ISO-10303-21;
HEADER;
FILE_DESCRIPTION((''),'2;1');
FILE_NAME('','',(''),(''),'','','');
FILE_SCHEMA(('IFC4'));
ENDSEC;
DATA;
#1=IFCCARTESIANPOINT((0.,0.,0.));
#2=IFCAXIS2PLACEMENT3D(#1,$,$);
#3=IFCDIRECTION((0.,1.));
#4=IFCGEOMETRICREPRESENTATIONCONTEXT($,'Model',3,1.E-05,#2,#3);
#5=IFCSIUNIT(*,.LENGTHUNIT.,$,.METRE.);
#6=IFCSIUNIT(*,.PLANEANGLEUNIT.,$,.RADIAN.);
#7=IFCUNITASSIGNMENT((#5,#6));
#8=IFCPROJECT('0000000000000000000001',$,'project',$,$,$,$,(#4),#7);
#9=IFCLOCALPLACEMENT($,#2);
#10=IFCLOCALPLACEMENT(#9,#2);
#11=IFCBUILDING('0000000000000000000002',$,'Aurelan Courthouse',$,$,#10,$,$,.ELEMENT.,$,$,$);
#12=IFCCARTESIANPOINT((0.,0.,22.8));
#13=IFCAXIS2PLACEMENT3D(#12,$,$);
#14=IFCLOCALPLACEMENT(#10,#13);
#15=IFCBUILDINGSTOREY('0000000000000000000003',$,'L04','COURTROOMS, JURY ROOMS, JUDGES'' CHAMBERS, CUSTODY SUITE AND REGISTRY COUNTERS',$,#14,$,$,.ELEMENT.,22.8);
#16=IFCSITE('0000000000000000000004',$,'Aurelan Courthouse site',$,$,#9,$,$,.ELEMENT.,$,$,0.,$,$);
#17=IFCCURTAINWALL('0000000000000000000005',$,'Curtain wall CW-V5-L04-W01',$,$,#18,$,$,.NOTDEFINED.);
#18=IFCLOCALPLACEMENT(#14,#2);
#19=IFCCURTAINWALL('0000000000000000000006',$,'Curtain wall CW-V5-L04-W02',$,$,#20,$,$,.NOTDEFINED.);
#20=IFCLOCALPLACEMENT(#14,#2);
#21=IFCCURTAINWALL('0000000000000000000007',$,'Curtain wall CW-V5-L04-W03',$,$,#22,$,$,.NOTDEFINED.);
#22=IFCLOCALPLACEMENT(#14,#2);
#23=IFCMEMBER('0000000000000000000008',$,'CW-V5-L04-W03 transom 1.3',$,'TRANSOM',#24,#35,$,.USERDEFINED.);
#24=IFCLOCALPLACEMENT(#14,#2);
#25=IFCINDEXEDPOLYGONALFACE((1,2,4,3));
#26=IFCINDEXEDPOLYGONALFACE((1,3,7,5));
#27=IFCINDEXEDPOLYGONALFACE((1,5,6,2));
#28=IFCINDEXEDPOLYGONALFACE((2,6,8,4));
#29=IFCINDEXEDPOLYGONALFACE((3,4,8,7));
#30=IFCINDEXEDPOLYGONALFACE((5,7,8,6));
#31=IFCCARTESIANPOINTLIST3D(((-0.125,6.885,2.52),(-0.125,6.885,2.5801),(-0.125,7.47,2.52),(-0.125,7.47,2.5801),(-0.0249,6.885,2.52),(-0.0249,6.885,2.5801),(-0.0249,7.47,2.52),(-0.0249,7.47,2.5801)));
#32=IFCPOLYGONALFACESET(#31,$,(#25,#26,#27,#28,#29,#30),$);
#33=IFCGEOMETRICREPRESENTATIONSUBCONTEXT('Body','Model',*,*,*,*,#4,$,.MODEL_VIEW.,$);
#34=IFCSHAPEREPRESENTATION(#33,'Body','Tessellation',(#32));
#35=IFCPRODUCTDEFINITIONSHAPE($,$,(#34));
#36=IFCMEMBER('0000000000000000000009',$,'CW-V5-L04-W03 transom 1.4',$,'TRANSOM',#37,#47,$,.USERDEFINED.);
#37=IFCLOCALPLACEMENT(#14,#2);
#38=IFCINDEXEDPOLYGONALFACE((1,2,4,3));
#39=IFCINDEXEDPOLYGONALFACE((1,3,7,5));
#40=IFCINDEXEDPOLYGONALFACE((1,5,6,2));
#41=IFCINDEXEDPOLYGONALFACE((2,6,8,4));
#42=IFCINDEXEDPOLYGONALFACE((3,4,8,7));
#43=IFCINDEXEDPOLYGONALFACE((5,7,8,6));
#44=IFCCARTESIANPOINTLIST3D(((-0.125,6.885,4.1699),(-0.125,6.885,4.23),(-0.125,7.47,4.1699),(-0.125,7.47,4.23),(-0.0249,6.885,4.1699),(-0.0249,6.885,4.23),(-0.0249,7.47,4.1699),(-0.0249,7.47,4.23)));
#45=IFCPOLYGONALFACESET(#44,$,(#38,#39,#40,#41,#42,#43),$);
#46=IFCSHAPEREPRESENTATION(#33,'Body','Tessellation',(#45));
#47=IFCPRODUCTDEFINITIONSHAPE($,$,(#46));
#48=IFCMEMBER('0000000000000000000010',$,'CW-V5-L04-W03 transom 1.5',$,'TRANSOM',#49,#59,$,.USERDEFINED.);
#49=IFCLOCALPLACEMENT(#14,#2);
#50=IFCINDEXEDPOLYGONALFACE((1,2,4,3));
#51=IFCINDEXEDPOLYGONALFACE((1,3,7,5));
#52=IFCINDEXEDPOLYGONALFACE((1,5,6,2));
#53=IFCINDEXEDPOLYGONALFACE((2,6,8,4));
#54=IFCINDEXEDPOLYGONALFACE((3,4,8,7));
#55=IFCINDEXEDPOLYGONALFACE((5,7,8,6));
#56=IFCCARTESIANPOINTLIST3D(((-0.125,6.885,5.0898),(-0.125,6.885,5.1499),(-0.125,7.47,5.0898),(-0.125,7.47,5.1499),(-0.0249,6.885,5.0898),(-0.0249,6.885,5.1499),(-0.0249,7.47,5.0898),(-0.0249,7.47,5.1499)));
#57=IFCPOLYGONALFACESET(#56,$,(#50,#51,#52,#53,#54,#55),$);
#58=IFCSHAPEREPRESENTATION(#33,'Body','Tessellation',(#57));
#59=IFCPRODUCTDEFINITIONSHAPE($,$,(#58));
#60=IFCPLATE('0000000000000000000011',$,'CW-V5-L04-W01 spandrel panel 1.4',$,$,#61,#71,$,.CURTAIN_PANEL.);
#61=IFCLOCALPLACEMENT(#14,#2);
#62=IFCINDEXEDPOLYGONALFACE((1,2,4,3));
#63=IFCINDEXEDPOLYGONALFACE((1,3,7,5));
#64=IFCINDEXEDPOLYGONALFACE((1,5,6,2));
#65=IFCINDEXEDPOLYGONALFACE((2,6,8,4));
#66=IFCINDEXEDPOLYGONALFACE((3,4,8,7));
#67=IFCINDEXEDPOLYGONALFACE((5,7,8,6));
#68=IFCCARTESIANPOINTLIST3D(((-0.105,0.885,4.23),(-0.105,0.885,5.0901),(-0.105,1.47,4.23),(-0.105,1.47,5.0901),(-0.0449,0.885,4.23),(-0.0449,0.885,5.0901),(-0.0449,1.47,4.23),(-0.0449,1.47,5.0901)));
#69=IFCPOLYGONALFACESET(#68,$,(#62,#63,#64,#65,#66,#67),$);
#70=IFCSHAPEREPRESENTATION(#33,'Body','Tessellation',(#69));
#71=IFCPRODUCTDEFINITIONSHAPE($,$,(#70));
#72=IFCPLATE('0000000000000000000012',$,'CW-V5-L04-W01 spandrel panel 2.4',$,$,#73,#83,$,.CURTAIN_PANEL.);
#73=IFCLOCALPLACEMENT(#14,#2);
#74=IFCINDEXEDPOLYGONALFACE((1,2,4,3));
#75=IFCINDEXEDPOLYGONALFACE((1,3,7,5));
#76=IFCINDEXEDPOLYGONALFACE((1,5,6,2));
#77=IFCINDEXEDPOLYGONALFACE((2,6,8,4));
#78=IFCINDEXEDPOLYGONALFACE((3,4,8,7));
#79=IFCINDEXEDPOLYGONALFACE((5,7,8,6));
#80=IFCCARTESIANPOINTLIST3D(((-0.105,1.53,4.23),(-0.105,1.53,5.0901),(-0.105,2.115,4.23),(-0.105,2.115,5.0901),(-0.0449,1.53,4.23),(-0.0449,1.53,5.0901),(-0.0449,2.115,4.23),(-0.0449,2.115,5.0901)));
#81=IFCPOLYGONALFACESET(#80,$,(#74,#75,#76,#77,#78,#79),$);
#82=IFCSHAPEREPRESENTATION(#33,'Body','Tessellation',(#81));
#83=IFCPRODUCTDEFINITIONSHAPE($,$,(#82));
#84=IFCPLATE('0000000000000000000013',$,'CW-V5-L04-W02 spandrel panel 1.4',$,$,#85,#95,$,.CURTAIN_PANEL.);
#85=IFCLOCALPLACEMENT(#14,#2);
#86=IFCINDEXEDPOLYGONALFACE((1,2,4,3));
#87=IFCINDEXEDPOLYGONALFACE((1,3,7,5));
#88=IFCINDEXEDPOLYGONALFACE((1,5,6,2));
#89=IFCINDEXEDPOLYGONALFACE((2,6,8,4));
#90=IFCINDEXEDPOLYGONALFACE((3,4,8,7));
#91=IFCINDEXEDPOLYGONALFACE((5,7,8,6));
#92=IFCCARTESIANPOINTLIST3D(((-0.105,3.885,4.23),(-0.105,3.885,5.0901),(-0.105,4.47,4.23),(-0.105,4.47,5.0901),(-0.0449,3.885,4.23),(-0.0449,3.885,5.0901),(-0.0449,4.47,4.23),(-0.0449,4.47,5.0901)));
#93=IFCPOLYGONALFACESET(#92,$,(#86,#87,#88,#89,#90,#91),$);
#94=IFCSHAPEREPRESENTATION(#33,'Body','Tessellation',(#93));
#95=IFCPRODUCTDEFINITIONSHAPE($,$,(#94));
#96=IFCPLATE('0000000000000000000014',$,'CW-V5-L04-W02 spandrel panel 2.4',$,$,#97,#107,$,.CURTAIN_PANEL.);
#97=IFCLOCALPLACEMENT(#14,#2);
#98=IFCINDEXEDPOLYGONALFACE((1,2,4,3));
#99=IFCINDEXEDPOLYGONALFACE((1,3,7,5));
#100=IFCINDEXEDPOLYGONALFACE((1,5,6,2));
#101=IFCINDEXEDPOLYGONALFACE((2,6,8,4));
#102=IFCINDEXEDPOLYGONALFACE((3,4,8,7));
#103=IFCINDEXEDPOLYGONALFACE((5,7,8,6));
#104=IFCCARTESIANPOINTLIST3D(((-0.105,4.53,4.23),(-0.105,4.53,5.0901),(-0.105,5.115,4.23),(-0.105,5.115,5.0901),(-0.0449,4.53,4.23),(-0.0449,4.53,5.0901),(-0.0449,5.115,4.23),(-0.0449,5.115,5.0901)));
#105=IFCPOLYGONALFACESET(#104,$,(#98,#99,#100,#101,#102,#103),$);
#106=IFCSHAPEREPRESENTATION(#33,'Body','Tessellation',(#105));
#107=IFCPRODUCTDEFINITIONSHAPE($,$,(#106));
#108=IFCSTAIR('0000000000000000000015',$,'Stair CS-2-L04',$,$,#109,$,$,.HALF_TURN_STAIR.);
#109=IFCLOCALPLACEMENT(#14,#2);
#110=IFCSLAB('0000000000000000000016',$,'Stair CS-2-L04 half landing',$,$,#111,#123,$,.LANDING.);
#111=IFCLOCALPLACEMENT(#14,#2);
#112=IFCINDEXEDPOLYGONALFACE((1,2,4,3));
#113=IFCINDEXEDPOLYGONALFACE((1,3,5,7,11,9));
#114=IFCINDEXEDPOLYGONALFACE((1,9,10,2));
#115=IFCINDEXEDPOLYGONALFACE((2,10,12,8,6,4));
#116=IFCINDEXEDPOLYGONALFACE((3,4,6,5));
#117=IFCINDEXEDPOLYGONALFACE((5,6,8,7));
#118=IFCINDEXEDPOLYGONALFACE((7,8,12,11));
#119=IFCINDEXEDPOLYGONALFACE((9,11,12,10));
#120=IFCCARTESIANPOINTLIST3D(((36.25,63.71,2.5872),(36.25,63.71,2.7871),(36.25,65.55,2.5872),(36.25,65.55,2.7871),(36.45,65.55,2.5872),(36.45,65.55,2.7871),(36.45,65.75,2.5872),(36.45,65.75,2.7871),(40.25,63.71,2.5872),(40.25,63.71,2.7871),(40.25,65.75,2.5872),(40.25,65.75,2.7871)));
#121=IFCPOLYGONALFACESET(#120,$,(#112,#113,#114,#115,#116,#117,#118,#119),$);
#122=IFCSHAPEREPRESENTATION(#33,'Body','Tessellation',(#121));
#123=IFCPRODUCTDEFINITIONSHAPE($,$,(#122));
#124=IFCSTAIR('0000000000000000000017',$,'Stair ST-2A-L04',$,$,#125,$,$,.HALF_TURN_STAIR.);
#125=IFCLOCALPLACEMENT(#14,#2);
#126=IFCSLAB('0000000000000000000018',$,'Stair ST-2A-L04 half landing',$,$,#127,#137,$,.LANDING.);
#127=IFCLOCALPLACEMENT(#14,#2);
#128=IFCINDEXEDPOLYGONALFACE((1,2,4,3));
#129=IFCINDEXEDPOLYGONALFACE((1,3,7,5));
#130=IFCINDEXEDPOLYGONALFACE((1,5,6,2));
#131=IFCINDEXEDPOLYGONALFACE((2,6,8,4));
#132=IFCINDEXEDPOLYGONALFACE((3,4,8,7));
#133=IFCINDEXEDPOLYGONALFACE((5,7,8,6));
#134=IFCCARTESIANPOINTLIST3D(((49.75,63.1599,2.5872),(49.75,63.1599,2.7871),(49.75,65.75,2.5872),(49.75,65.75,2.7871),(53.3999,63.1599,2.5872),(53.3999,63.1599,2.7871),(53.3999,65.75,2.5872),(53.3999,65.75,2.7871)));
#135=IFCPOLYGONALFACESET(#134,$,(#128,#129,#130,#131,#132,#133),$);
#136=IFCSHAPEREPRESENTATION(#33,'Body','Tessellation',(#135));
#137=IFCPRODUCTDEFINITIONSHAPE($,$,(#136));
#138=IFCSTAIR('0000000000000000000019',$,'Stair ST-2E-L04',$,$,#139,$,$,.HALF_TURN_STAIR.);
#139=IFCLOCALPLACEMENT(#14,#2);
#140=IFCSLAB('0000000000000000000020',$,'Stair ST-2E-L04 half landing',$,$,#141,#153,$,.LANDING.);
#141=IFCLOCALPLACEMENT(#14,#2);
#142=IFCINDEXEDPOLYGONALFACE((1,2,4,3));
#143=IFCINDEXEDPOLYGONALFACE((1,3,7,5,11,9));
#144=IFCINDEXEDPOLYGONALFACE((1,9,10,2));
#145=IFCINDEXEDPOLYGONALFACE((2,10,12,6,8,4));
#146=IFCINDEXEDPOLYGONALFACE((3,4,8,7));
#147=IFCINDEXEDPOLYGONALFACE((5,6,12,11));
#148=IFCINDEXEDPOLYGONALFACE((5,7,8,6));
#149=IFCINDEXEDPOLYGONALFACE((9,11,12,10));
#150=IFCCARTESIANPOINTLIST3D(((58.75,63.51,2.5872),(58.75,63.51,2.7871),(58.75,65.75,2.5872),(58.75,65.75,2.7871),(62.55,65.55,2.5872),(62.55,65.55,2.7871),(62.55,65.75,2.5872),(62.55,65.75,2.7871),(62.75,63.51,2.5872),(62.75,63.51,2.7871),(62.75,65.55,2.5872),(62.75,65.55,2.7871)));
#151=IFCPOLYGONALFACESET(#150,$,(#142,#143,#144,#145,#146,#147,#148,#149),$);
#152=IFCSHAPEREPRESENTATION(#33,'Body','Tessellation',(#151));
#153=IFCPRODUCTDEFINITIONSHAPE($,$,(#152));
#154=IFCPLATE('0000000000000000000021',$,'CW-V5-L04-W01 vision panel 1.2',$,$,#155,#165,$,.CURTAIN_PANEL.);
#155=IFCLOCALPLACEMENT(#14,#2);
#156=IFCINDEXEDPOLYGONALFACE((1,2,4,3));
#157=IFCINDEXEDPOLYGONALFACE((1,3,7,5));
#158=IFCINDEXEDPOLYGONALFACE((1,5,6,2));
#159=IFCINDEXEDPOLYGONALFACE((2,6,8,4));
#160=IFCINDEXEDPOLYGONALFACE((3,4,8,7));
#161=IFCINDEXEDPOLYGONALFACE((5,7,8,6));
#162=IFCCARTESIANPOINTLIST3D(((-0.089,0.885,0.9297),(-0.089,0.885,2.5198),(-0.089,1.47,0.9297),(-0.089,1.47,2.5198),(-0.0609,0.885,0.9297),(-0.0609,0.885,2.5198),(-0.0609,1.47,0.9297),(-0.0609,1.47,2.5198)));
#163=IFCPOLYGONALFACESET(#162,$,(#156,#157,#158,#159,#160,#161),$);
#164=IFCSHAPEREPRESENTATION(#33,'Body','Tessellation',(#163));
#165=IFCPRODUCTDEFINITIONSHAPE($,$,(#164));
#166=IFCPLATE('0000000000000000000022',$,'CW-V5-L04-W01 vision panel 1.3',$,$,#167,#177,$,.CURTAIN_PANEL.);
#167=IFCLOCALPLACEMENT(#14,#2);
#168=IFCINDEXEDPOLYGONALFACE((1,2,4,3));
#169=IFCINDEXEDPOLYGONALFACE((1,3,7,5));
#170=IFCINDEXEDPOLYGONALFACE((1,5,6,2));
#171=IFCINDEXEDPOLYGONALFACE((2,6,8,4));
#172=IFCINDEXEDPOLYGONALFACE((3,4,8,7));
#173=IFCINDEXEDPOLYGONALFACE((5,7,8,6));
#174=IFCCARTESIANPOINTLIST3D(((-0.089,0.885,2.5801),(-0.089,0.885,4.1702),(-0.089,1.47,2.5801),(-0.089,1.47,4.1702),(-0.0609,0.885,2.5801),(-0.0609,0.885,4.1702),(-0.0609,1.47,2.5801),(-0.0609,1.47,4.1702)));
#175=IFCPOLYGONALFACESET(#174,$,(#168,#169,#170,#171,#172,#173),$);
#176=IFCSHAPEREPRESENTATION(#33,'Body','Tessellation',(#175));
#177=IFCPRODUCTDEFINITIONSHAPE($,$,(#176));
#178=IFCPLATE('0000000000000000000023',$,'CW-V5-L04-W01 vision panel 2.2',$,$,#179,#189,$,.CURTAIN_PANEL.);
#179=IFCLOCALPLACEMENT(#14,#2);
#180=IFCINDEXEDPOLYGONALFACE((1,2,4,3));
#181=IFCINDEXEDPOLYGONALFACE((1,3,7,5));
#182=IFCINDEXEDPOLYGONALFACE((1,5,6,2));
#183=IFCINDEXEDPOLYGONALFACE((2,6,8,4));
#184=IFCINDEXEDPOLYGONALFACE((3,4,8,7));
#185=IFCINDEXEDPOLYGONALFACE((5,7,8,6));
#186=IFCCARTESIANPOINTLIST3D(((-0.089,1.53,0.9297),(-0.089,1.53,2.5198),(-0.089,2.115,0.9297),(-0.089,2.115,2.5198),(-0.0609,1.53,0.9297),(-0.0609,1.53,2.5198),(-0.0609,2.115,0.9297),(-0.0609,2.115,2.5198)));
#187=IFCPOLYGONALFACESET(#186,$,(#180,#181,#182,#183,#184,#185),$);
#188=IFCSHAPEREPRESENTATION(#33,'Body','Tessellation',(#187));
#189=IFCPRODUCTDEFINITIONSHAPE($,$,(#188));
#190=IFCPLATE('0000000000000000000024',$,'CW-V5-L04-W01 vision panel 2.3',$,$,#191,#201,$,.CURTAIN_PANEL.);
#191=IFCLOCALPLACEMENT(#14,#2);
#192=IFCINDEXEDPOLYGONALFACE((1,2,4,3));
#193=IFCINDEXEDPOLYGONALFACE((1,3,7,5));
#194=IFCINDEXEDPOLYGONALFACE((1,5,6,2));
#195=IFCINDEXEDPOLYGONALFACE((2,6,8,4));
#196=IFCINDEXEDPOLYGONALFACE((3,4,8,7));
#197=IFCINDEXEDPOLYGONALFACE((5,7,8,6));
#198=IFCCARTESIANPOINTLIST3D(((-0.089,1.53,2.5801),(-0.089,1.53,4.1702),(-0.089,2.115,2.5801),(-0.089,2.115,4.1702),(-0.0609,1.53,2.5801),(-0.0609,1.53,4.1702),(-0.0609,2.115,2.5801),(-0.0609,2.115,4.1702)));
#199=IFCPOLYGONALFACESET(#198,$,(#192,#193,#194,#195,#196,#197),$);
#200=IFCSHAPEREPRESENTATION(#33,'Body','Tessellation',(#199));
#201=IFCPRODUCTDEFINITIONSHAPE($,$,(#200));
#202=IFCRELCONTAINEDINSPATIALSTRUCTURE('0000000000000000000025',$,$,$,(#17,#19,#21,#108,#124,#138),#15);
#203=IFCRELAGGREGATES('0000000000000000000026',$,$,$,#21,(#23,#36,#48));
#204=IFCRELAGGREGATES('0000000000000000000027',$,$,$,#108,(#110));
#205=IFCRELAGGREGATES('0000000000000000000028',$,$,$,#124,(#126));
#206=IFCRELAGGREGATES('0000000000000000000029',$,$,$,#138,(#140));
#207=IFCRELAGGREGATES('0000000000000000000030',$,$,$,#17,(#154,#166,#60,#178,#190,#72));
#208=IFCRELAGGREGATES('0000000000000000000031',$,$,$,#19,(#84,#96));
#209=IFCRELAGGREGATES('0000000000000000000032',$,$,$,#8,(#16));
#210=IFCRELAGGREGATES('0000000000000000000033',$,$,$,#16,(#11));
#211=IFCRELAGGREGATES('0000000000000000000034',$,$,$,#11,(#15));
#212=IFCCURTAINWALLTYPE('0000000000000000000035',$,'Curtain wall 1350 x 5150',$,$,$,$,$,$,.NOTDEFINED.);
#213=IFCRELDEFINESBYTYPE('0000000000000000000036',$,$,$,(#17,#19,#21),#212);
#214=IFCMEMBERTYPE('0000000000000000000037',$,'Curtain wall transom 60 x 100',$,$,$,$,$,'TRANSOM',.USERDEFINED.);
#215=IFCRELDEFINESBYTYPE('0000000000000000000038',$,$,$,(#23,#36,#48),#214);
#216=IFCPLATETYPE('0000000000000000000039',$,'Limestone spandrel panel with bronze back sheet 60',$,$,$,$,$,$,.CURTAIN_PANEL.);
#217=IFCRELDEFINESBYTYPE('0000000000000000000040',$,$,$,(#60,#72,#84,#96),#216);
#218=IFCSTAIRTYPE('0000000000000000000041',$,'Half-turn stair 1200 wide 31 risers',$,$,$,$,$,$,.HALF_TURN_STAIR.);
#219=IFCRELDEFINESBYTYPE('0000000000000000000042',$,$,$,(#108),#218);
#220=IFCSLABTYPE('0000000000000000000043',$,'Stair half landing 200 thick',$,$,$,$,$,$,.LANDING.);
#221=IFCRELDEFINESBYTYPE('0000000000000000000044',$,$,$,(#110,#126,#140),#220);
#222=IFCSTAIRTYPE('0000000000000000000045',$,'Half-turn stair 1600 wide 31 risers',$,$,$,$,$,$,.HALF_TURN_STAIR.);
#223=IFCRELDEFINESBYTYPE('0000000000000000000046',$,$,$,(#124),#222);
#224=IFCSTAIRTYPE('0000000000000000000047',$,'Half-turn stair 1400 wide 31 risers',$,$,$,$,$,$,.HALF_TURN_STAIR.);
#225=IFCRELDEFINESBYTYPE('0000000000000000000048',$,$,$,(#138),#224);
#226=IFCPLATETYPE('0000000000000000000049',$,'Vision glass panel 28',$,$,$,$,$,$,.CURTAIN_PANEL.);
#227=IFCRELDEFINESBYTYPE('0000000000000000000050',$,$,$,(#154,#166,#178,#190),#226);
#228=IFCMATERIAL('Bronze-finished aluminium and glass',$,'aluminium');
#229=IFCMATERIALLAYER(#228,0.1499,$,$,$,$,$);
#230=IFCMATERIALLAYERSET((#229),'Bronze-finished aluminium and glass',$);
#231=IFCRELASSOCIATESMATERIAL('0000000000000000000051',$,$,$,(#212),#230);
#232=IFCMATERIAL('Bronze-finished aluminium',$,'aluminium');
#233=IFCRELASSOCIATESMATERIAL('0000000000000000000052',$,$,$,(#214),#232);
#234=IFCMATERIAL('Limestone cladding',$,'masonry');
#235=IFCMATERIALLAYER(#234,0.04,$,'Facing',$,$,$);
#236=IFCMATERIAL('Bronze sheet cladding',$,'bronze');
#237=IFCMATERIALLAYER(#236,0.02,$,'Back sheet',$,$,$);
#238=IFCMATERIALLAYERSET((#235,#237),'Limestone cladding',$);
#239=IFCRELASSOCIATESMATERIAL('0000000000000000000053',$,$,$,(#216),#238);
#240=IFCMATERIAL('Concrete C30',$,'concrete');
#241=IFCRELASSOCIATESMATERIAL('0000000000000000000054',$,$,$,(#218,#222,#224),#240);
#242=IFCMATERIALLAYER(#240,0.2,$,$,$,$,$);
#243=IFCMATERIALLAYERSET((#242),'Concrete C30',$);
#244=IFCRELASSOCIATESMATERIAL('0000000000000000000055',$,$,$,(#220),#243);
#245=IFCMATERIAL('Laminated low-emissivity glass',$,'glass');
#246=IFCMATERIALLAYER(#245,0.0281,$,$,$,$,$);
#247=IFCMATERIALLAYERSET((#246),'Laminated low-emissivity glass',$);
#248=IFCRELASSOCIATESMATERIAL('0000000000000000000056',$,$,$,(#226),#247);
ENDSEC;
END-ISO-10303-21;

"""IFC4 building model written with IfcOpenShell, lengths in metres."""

from ifc_helpers import new_model, si_unit, direction, frame, origin, origin_2d, place, context, subcontext, project, spatial, polyline, rectangle, outline, extrude, material, layer, layer_set, material_profile, profile_set, type_object, element, aggregate, save


model = new_model("IFC4")

# Units and contexts
model_context = context("Model", 3, precision=1e-05, world=origin(), true_north=direction((0.0, 1.0)))
body_context = subcontext(model_context, "Body", "Model", "MODEL_VIEW")
ifc_project = project(units=[si_unit("LENGTHUNIT", "METRE"), si_unit("PLANEANGLEUNIT", "RADIAN")], contexts=[model_context])

# Site, building, storey
site_placement = place(None, origin())
site = spatial("IfcSite", under=ifc_project, at=site_placement, Name="Aurelan Courthouse site", CompositionType="ELEMENT", RefElevation=0.0)
building_placement = place(site_placement, origin())
building = spatial("IfcBuilding", under=site, at=building_placement, Name="Aurelan Courthouse", CompositionType="ELEMENT")
storey_placement = place(building_placement, frame((0.0, 0.0, 22.8)))
storey = spatial("IfcBuildingStorey", under=building, at=storey_placement, Name="L04", Description="COURTROOMS, JURY ROOMS, JUDGES' CHAMBERS, CUSTODY SUITE AND REGISTRY COUNTERS", CompositionType="ELEMENT", Elevation=22.8)

# Curtain walls, members
ifc_material_1 = material(Name="Bronze-finished aluminium and glass", Category="aluminium")
ifc_layer_1 = layer(ifc_material_1, 0.1499)
ifc_layer_set_1 = layer_set([ifc_layer_1], Name="Bronze-finished aluminium and glass")
curtain_wall_type = type_object("IfcCurtainWallType", Name="Curtain wall 1350 x 5150", PredefinedType="NOTDEFINED", material=ifc_layer_set_1)
curtain_wall_1_placement = place(storey_placement, origin())
curtain_wall_1 = element("IfcCurtainWall", 1, at=curtain_wall_1_placement, inside=storey, type_object=curtain_wall_type, Name="Curtain wall CW-V5-L04-W01", PredefinedType="NOTDEFINED")
ifc_material_2 = material(Name="Bronze-finished aluminium", Category="aluminium")
ifc_material_profile = material_profile(ifc_material_2, rectangle(XDim=0.1001, YDim=0.0601, at=origin_2d()), Name="Bronze transom 60 x 100")
ifc_profile_set = profile_set([ifc_material_profile], Name="Bronze-finished aluminium")
member_type = type_object("IfcMemberType", Name="Curtain wall transom 60 x 100", ElementType="TRANSOM", PredefinedType="USERDEFINED", material=ifc_profile_set)
curtain_wall_2_placement = place(storey_placement, origin())
curtain_wall_2 = element("IfcCurtainWall", 2, at=curtain_wall_2_placement, inside=storey, type_object=curtain_wall_type, Name="Curtain wall CW-V5-L04-W02", PredefinedType="NOTDEFINED")
curtain_wall_3_placement = place(storey_placement, origin())
curtain_wall_3 = element("IfcCurtainWall", 3, at=curtain_wall_3_placement, inside=storey, type_object=curtain_wall_type, Name="Curtain wall CW-V5-L04-W03", PredefinedType="NOTDEFINED")
member_1_placement = place(storey_placement, frame((-0.075, 6.885, 2.55), z_axis=(0.0, 1.0, 0.0), x_axis=(-1.0, 0.0, 0.0)))
member_1 = element("IfcMember", 4, at=member_1_placement, type_object=member_type, Name="CW-V5-L04-W03 transom 1.3", ObjectType="TRANSOM", PredefinedType="USERDEFINED", context=body_context, shape_type="SweptSolid", body=[
    extrude(rectangle(XDim=0.1001, YDim=0.0601, at=origin_2d()), origin(), (0.0, 0.0, 1.0), 0.585),
])
member_2_placement = place(storey_placement, frame((-0.075, 6.885, 4.2), z_axis=(0.0, 1.0, 0.0), x_axis=(-1.0, 0.0, 0.0)))
member_2 = element("IfcMember", 5, at=member_2_placement, type_object=member_type, Name="CW-V5-L04-W03 transom 1.4", ObjectType="TRANSOM", PredefinedType="USERDEFINED", context=body_context, shape_type="SweptSolid", body=[
    extrude(rectangle(XDim=0.1001, YDim=0.0601, at=origin_2d()), origin(), (0.0, 0.0, 1.0), 0.585),
])
member_3_placement = place(storey_placement, frame((-0.075, 6.885, 5.1199), z_axis=(0.0, 1.0, 0.0), x_axis=(-1.0, 0.0, 0.0)))
member_3 = element("IfcMember", 6, at=member_3_placement, type_object=member_type, Name="CW-V5-L04-W03 transom 1.5", ObjectType="TRANSOM", PredefinedType="USERDEFINED", context=body_context, shape_type="SweptSolid", body=[
    extrude(rectangle(XDim=0.1001, YDim=0.0601, at=origin_2d()), origin(), (0.0, 0.0, 1.0), 0.585),
])
aggregate(curtain_wall_3, [member_1, member_2, member_3])

# Plates
ifc_material_3 = material(Name="Limestone cladding", Category="masonry")
ifc_layer_2 = layer(ifc_material_3, 0.04, Name="Facing")
ifc_material_4 = material(Name="Bronze sheet cladding", Category="bronze")
ifc_layer_3 = layer(ifc_material_4, 0.02, Name="Back sheet")
ifc_layer_set_2 = layer_set([ifc_layer_2, ifc_layer_3], Name="Limestone cladding")
plate_type_1 = type_object("IfcPlateType", Name="Limestone spandrel panel with bronze back sheet 60", PredefinedType="CURTAIN_PANEL", material=ifc_layer_set_2)
plate_1_placement = place(storey_placement, frame((-0.075, 1.1775, 4.23), z_axis=(0.0, 0.0, 1.0), x_axis=(0.0, 1.0, 0.0)))
plate_1 = element("IfcPlate", 7, at=plate_1_placement, type_object=plate_type_1, Name="CW-V5-L04-W01 spandrel panel 1.4", PredefinedType="CURTAIN_PANEL", context=body_context, shape_type="SweptSolid", body=[
    extrude(rectangle(XDim=0.585, YDim=0.0601, at=origin_2d()), origin(), (0.0, 0.0, 1.0), 0.8601),
])
plate_2_placement = place(storey_placement, frame((-0.075, 1.8225, 4.23), z_axis=(0.0, 0.0, 1.0), x_axis=(0.0, 1.0, 0.0)))
plate_2 = element("IfcPlate", 8, at=plate_2_placement, type_object=plate_type_1, Name="CW-V5-L04-W01 spandrel panel 2.4", PredefinedType="CURTAIN_PANEL", context=body_context, shape_type="SweptSolid", body=[
    extrude(rectangle(XDim=0.585, YDim=0.0601, at=origin_2d()), origin(), (0.0, 0.0, 1.0), 0.8601),
])
plate_3_placement = place(storey_placement, frame((-0.075, 4.1775, 4.23), z_axis=(0.0, 0.0, 1.0), x_axis=(0.0, 1.0, 0.0)))
plate_3 = element("IfcPlate", 9, at=plate_3_placement, type_object=plate_type_1, Name="CW-V5-L04-W02 spandrel panel 1.4", PredefinedType="CURTAIN_PANEL", context=body_context, shape_type="SweptSolid", body=[
    extrude(rectangle(XDim=0.585, YDim=0.0601, at=origin_2d()), origin(), (0.0, 0.0, 1.0), 0.8601),
])
plate_4_placement = place(storey_placement, frame((-0.075, 4.8225, 4.23), z_axis=(0.0, 0.0, 1.0), x_axis=(0.0, 1.0, 0.0)))
plate_4 = element("IfcPlate", 10, at=plate_4_placement, type_object=plate_type_1, Name="CW-V5-L04-W02 spandrel panel 2.4", PredefinedType="CURTAIN_PANEL", context=body_context, shape_type="SweptSolid", body=[
    extrude(rectangle(XDim=0.585, YDim=0.0601, at=origin_2d()), origin(), (0.0, 0.0, 1.0), 0.8601),
])

# Stairs, slabs
ifc_material_5 = material(Name="Concrete C30", Category="concrete")
stair_type_1 = type_object("IfcStairType", Name="Half-turn stair 1200 wide 31 risers", PredefinedType="HALF_TURN_STAIR", material=ifc_material_5)
stair_1_placement = place(storey_placement, origin())
stair_1 = element("IfcStair", 11, at=stair_1_placement, inside=storey, type_object=stair_type_1, Name="Stair CS-2-L04", PredefinedType="HALF_TURN_STAIR")
ifc_layer_4 = layer(ifc_material_5, 0.2)
ifc_layer_set_3 = layer_set([ifc_layer_4], Name="Concrete C30")
slab_type = type_object("IfcSlabType", Name="Stair half landing 200 thick", PredefinedType="LANDING", material=ifc_layer_set_3)
slab_1_placement = place(storey_placement, frame((0.0, 0.0, 2.5872)))
slab_1 = element("IfcSlab", 12, at=slab_1_placement, type_object=slab_type, Name="Stair CS-2-L04 half landing", PredefinedType="LANDING", context=body_context, shape_type="SweptSolid", body=[
    extrude(outline(polyline([(36.25, 65.55), (36.45, 65.55), (36.45, 65.75), (40.25, 65.75), (40.25, 63.71), (36.25, 63.71), (36.25, 65.55)])), origin(), (0.0, 0.0, 1.0), 0.2),
])
aggregate(stair_1, [slab_1])
stair_type_2 = type_object("IfcStairType", Name="Half-turn stair 1600 wide 31 risers", PredefinedType="HALF_TURN_STAIR", material=ifc_material_5)
stair_2_placement = place(storey_placement, origin())
stair_2 = element("IfcStair", 13, at=stair_2_placement, inside=storey, type_object=stair_type_2, Name="Stair ST-2A-L04", PredefinedType="HALF_TURN_STAIR")
slab_2_placement = place(storey_placement, frame((0.0, 0.0, 2.5872)))
slab_2 = element("IfcSlab", 14, at=slab_2_placement, type_object=slab_type, Name="Stair ST-2A-L04 half landing", PredefinedType="LANDING", context=body_context, shape_type="SweptSolid", body=[
    extrude(outline(polyline([(49.75, 63.1599), (49.75, 65.75), (53.3999, 65.75), (53.3999, 63.1599), (49.75, 63.1599)])), origin(), (0.0, 0.0, 1.0), 0.2),
])
aggregate(stair_2, [slab_2])
stair_type_3 = type_object("IfcStairType", Name="Half-turn stair 1400 wide 31 risers", PredefinedType="HALF_TURN_STAIR", material=ifc_material_5)
stair_3_placement = place(storey_placement, origin())
stair_3 = element("IfcStair", 15, at=stair_3_placement, inside=storey, type_object=stair_type_3, Name="Stair ST-2E-L04", PredefinedType="HALF_TURN_STAIR")
slab_3_placement = place(storey_placement, frame((0.0, 0.0, 2.5872)))
slab_3 = element("IfcSlab", 16, at=slab_3_placement, type_object=slab_type, Name="Stair ST-2E-L04 half landing", PredefinedType="LANDING", context=body_context, shape_type="SweptSolid", body=[
    extrude(outline(polyline([(58.75, 65.75), (62.55, 65.75), (62.55, 65.55), (62.75, 65.55), (62.75, 63.51), (58.75, 63.51), (58.75, 65.75)])), origin(), (0.0, 0.0, 1.0), 0.2),
])
aggregate(stair_3, [slab_3])

# Plates
ifc_material_6 = material(Name="Laminated low-emissivity glass", Category="glass")
ifc_layer_5 = layer(ifc_material_6, 0.0281)
ifc_layer_set_4 = layer_set([ifc_layer_5], Name="Laminated low-emissivity glass")
plate_type_2 = type_object("IfcPlateType", Name="Vision glass panel 28", PredefinedType="CURTAIN_PANEL", material=ifc_layer_set_4)
plate_5_placement = place(storey_placement, frame((-0.075, 1.1775, 0.9297), z_axis=(0.0, 0.0, 1.0), x_axis=(0.0, 1.0, 0.0)))
plate_5 = element("IfcPlate", 17, at=plate_5_placement, type_object=plate_type_2, Name="CW-V5-L04-W01 vision panel 1.2", PredefinedType="CURTAIN_PANEL", context=body_context, shape_type="SweptSolid", body=[
    extrude(rectangle(XDim=0.585, YDim=0.0281, at=origin_2d()), origin(), (0.0, 0.0, 1.0), 1.5901),
])
plate_6_placement = place(storey_placement, frame((-0.075, 1.1775, 2.5801), z_axis=(0.0, 0.0, 1.0), x_axis=(0.0, 1.0, 0.0)))
plate_6 = element("IfcPlate", 18, at=plate_6_placement, type_object=plate_type_2, Name="CW-V5-L04-W01 vision panel 1.3", PredefinedType="CURTAIN_PANEL", context=body_context, shape_type="SweptSolid", body=[
    extrude(rectangle(XDim=0.585, YDim=0.0281, at=origin_2d()), origin(), (0.0, 0.0, 1.0), 1.5901),
])
plate_7_placement = place(storey_placement, frame((-0.075, 1.8225, 0.9297), z_axis=(0.0, 0.0, 1.0), x_axis=(0.0, 1.0, 0.0)))
plate_7 = element("IfcPlate", 19, at=plate_7_placement, type_object=plate_type_2, Name="CW-V5-L04-W01 vision panel 2.2", PredefinedType="CURTAIN_PANEL", context=body_context, shape_type="SweptSolid", body=[
    extrude(rectangle(XDim=0.585, YDim=0.0281, at=origin_2d()), origin(), (0.0, 0.0, 1.0), 1.5901),
])
plate_8_placement = place(storey_placement, frame((-0.075, 1.8225, 2.5801), z_axis=(0.0, 0.0, 1.0), x_axis=(0.0, 1.0, 0.0)))
plate_8 = element("IfcPlate", 20, at=plate_8_placement, type_object=plate_type_2, Name="CW-V5-L04-W01 vision panel 2.3", PredefinedType="CURTAIN_PANEL", context=body_context, shape_type="SweptSolid", body=[
    extrude(rectangle(XDim=0.585, YDim=0.0281, at=origin_2d()), origin(), (0.0, 0.0, 1.0), 1.5901),
])
aggregate(curtain_wall_1, [plate_5, plate_6, plate_1, plate_7, plate_8, plate_2])
aggregate(curtain_wall_2, [plate_3, plate_4])

save(model, "model.ifc")
